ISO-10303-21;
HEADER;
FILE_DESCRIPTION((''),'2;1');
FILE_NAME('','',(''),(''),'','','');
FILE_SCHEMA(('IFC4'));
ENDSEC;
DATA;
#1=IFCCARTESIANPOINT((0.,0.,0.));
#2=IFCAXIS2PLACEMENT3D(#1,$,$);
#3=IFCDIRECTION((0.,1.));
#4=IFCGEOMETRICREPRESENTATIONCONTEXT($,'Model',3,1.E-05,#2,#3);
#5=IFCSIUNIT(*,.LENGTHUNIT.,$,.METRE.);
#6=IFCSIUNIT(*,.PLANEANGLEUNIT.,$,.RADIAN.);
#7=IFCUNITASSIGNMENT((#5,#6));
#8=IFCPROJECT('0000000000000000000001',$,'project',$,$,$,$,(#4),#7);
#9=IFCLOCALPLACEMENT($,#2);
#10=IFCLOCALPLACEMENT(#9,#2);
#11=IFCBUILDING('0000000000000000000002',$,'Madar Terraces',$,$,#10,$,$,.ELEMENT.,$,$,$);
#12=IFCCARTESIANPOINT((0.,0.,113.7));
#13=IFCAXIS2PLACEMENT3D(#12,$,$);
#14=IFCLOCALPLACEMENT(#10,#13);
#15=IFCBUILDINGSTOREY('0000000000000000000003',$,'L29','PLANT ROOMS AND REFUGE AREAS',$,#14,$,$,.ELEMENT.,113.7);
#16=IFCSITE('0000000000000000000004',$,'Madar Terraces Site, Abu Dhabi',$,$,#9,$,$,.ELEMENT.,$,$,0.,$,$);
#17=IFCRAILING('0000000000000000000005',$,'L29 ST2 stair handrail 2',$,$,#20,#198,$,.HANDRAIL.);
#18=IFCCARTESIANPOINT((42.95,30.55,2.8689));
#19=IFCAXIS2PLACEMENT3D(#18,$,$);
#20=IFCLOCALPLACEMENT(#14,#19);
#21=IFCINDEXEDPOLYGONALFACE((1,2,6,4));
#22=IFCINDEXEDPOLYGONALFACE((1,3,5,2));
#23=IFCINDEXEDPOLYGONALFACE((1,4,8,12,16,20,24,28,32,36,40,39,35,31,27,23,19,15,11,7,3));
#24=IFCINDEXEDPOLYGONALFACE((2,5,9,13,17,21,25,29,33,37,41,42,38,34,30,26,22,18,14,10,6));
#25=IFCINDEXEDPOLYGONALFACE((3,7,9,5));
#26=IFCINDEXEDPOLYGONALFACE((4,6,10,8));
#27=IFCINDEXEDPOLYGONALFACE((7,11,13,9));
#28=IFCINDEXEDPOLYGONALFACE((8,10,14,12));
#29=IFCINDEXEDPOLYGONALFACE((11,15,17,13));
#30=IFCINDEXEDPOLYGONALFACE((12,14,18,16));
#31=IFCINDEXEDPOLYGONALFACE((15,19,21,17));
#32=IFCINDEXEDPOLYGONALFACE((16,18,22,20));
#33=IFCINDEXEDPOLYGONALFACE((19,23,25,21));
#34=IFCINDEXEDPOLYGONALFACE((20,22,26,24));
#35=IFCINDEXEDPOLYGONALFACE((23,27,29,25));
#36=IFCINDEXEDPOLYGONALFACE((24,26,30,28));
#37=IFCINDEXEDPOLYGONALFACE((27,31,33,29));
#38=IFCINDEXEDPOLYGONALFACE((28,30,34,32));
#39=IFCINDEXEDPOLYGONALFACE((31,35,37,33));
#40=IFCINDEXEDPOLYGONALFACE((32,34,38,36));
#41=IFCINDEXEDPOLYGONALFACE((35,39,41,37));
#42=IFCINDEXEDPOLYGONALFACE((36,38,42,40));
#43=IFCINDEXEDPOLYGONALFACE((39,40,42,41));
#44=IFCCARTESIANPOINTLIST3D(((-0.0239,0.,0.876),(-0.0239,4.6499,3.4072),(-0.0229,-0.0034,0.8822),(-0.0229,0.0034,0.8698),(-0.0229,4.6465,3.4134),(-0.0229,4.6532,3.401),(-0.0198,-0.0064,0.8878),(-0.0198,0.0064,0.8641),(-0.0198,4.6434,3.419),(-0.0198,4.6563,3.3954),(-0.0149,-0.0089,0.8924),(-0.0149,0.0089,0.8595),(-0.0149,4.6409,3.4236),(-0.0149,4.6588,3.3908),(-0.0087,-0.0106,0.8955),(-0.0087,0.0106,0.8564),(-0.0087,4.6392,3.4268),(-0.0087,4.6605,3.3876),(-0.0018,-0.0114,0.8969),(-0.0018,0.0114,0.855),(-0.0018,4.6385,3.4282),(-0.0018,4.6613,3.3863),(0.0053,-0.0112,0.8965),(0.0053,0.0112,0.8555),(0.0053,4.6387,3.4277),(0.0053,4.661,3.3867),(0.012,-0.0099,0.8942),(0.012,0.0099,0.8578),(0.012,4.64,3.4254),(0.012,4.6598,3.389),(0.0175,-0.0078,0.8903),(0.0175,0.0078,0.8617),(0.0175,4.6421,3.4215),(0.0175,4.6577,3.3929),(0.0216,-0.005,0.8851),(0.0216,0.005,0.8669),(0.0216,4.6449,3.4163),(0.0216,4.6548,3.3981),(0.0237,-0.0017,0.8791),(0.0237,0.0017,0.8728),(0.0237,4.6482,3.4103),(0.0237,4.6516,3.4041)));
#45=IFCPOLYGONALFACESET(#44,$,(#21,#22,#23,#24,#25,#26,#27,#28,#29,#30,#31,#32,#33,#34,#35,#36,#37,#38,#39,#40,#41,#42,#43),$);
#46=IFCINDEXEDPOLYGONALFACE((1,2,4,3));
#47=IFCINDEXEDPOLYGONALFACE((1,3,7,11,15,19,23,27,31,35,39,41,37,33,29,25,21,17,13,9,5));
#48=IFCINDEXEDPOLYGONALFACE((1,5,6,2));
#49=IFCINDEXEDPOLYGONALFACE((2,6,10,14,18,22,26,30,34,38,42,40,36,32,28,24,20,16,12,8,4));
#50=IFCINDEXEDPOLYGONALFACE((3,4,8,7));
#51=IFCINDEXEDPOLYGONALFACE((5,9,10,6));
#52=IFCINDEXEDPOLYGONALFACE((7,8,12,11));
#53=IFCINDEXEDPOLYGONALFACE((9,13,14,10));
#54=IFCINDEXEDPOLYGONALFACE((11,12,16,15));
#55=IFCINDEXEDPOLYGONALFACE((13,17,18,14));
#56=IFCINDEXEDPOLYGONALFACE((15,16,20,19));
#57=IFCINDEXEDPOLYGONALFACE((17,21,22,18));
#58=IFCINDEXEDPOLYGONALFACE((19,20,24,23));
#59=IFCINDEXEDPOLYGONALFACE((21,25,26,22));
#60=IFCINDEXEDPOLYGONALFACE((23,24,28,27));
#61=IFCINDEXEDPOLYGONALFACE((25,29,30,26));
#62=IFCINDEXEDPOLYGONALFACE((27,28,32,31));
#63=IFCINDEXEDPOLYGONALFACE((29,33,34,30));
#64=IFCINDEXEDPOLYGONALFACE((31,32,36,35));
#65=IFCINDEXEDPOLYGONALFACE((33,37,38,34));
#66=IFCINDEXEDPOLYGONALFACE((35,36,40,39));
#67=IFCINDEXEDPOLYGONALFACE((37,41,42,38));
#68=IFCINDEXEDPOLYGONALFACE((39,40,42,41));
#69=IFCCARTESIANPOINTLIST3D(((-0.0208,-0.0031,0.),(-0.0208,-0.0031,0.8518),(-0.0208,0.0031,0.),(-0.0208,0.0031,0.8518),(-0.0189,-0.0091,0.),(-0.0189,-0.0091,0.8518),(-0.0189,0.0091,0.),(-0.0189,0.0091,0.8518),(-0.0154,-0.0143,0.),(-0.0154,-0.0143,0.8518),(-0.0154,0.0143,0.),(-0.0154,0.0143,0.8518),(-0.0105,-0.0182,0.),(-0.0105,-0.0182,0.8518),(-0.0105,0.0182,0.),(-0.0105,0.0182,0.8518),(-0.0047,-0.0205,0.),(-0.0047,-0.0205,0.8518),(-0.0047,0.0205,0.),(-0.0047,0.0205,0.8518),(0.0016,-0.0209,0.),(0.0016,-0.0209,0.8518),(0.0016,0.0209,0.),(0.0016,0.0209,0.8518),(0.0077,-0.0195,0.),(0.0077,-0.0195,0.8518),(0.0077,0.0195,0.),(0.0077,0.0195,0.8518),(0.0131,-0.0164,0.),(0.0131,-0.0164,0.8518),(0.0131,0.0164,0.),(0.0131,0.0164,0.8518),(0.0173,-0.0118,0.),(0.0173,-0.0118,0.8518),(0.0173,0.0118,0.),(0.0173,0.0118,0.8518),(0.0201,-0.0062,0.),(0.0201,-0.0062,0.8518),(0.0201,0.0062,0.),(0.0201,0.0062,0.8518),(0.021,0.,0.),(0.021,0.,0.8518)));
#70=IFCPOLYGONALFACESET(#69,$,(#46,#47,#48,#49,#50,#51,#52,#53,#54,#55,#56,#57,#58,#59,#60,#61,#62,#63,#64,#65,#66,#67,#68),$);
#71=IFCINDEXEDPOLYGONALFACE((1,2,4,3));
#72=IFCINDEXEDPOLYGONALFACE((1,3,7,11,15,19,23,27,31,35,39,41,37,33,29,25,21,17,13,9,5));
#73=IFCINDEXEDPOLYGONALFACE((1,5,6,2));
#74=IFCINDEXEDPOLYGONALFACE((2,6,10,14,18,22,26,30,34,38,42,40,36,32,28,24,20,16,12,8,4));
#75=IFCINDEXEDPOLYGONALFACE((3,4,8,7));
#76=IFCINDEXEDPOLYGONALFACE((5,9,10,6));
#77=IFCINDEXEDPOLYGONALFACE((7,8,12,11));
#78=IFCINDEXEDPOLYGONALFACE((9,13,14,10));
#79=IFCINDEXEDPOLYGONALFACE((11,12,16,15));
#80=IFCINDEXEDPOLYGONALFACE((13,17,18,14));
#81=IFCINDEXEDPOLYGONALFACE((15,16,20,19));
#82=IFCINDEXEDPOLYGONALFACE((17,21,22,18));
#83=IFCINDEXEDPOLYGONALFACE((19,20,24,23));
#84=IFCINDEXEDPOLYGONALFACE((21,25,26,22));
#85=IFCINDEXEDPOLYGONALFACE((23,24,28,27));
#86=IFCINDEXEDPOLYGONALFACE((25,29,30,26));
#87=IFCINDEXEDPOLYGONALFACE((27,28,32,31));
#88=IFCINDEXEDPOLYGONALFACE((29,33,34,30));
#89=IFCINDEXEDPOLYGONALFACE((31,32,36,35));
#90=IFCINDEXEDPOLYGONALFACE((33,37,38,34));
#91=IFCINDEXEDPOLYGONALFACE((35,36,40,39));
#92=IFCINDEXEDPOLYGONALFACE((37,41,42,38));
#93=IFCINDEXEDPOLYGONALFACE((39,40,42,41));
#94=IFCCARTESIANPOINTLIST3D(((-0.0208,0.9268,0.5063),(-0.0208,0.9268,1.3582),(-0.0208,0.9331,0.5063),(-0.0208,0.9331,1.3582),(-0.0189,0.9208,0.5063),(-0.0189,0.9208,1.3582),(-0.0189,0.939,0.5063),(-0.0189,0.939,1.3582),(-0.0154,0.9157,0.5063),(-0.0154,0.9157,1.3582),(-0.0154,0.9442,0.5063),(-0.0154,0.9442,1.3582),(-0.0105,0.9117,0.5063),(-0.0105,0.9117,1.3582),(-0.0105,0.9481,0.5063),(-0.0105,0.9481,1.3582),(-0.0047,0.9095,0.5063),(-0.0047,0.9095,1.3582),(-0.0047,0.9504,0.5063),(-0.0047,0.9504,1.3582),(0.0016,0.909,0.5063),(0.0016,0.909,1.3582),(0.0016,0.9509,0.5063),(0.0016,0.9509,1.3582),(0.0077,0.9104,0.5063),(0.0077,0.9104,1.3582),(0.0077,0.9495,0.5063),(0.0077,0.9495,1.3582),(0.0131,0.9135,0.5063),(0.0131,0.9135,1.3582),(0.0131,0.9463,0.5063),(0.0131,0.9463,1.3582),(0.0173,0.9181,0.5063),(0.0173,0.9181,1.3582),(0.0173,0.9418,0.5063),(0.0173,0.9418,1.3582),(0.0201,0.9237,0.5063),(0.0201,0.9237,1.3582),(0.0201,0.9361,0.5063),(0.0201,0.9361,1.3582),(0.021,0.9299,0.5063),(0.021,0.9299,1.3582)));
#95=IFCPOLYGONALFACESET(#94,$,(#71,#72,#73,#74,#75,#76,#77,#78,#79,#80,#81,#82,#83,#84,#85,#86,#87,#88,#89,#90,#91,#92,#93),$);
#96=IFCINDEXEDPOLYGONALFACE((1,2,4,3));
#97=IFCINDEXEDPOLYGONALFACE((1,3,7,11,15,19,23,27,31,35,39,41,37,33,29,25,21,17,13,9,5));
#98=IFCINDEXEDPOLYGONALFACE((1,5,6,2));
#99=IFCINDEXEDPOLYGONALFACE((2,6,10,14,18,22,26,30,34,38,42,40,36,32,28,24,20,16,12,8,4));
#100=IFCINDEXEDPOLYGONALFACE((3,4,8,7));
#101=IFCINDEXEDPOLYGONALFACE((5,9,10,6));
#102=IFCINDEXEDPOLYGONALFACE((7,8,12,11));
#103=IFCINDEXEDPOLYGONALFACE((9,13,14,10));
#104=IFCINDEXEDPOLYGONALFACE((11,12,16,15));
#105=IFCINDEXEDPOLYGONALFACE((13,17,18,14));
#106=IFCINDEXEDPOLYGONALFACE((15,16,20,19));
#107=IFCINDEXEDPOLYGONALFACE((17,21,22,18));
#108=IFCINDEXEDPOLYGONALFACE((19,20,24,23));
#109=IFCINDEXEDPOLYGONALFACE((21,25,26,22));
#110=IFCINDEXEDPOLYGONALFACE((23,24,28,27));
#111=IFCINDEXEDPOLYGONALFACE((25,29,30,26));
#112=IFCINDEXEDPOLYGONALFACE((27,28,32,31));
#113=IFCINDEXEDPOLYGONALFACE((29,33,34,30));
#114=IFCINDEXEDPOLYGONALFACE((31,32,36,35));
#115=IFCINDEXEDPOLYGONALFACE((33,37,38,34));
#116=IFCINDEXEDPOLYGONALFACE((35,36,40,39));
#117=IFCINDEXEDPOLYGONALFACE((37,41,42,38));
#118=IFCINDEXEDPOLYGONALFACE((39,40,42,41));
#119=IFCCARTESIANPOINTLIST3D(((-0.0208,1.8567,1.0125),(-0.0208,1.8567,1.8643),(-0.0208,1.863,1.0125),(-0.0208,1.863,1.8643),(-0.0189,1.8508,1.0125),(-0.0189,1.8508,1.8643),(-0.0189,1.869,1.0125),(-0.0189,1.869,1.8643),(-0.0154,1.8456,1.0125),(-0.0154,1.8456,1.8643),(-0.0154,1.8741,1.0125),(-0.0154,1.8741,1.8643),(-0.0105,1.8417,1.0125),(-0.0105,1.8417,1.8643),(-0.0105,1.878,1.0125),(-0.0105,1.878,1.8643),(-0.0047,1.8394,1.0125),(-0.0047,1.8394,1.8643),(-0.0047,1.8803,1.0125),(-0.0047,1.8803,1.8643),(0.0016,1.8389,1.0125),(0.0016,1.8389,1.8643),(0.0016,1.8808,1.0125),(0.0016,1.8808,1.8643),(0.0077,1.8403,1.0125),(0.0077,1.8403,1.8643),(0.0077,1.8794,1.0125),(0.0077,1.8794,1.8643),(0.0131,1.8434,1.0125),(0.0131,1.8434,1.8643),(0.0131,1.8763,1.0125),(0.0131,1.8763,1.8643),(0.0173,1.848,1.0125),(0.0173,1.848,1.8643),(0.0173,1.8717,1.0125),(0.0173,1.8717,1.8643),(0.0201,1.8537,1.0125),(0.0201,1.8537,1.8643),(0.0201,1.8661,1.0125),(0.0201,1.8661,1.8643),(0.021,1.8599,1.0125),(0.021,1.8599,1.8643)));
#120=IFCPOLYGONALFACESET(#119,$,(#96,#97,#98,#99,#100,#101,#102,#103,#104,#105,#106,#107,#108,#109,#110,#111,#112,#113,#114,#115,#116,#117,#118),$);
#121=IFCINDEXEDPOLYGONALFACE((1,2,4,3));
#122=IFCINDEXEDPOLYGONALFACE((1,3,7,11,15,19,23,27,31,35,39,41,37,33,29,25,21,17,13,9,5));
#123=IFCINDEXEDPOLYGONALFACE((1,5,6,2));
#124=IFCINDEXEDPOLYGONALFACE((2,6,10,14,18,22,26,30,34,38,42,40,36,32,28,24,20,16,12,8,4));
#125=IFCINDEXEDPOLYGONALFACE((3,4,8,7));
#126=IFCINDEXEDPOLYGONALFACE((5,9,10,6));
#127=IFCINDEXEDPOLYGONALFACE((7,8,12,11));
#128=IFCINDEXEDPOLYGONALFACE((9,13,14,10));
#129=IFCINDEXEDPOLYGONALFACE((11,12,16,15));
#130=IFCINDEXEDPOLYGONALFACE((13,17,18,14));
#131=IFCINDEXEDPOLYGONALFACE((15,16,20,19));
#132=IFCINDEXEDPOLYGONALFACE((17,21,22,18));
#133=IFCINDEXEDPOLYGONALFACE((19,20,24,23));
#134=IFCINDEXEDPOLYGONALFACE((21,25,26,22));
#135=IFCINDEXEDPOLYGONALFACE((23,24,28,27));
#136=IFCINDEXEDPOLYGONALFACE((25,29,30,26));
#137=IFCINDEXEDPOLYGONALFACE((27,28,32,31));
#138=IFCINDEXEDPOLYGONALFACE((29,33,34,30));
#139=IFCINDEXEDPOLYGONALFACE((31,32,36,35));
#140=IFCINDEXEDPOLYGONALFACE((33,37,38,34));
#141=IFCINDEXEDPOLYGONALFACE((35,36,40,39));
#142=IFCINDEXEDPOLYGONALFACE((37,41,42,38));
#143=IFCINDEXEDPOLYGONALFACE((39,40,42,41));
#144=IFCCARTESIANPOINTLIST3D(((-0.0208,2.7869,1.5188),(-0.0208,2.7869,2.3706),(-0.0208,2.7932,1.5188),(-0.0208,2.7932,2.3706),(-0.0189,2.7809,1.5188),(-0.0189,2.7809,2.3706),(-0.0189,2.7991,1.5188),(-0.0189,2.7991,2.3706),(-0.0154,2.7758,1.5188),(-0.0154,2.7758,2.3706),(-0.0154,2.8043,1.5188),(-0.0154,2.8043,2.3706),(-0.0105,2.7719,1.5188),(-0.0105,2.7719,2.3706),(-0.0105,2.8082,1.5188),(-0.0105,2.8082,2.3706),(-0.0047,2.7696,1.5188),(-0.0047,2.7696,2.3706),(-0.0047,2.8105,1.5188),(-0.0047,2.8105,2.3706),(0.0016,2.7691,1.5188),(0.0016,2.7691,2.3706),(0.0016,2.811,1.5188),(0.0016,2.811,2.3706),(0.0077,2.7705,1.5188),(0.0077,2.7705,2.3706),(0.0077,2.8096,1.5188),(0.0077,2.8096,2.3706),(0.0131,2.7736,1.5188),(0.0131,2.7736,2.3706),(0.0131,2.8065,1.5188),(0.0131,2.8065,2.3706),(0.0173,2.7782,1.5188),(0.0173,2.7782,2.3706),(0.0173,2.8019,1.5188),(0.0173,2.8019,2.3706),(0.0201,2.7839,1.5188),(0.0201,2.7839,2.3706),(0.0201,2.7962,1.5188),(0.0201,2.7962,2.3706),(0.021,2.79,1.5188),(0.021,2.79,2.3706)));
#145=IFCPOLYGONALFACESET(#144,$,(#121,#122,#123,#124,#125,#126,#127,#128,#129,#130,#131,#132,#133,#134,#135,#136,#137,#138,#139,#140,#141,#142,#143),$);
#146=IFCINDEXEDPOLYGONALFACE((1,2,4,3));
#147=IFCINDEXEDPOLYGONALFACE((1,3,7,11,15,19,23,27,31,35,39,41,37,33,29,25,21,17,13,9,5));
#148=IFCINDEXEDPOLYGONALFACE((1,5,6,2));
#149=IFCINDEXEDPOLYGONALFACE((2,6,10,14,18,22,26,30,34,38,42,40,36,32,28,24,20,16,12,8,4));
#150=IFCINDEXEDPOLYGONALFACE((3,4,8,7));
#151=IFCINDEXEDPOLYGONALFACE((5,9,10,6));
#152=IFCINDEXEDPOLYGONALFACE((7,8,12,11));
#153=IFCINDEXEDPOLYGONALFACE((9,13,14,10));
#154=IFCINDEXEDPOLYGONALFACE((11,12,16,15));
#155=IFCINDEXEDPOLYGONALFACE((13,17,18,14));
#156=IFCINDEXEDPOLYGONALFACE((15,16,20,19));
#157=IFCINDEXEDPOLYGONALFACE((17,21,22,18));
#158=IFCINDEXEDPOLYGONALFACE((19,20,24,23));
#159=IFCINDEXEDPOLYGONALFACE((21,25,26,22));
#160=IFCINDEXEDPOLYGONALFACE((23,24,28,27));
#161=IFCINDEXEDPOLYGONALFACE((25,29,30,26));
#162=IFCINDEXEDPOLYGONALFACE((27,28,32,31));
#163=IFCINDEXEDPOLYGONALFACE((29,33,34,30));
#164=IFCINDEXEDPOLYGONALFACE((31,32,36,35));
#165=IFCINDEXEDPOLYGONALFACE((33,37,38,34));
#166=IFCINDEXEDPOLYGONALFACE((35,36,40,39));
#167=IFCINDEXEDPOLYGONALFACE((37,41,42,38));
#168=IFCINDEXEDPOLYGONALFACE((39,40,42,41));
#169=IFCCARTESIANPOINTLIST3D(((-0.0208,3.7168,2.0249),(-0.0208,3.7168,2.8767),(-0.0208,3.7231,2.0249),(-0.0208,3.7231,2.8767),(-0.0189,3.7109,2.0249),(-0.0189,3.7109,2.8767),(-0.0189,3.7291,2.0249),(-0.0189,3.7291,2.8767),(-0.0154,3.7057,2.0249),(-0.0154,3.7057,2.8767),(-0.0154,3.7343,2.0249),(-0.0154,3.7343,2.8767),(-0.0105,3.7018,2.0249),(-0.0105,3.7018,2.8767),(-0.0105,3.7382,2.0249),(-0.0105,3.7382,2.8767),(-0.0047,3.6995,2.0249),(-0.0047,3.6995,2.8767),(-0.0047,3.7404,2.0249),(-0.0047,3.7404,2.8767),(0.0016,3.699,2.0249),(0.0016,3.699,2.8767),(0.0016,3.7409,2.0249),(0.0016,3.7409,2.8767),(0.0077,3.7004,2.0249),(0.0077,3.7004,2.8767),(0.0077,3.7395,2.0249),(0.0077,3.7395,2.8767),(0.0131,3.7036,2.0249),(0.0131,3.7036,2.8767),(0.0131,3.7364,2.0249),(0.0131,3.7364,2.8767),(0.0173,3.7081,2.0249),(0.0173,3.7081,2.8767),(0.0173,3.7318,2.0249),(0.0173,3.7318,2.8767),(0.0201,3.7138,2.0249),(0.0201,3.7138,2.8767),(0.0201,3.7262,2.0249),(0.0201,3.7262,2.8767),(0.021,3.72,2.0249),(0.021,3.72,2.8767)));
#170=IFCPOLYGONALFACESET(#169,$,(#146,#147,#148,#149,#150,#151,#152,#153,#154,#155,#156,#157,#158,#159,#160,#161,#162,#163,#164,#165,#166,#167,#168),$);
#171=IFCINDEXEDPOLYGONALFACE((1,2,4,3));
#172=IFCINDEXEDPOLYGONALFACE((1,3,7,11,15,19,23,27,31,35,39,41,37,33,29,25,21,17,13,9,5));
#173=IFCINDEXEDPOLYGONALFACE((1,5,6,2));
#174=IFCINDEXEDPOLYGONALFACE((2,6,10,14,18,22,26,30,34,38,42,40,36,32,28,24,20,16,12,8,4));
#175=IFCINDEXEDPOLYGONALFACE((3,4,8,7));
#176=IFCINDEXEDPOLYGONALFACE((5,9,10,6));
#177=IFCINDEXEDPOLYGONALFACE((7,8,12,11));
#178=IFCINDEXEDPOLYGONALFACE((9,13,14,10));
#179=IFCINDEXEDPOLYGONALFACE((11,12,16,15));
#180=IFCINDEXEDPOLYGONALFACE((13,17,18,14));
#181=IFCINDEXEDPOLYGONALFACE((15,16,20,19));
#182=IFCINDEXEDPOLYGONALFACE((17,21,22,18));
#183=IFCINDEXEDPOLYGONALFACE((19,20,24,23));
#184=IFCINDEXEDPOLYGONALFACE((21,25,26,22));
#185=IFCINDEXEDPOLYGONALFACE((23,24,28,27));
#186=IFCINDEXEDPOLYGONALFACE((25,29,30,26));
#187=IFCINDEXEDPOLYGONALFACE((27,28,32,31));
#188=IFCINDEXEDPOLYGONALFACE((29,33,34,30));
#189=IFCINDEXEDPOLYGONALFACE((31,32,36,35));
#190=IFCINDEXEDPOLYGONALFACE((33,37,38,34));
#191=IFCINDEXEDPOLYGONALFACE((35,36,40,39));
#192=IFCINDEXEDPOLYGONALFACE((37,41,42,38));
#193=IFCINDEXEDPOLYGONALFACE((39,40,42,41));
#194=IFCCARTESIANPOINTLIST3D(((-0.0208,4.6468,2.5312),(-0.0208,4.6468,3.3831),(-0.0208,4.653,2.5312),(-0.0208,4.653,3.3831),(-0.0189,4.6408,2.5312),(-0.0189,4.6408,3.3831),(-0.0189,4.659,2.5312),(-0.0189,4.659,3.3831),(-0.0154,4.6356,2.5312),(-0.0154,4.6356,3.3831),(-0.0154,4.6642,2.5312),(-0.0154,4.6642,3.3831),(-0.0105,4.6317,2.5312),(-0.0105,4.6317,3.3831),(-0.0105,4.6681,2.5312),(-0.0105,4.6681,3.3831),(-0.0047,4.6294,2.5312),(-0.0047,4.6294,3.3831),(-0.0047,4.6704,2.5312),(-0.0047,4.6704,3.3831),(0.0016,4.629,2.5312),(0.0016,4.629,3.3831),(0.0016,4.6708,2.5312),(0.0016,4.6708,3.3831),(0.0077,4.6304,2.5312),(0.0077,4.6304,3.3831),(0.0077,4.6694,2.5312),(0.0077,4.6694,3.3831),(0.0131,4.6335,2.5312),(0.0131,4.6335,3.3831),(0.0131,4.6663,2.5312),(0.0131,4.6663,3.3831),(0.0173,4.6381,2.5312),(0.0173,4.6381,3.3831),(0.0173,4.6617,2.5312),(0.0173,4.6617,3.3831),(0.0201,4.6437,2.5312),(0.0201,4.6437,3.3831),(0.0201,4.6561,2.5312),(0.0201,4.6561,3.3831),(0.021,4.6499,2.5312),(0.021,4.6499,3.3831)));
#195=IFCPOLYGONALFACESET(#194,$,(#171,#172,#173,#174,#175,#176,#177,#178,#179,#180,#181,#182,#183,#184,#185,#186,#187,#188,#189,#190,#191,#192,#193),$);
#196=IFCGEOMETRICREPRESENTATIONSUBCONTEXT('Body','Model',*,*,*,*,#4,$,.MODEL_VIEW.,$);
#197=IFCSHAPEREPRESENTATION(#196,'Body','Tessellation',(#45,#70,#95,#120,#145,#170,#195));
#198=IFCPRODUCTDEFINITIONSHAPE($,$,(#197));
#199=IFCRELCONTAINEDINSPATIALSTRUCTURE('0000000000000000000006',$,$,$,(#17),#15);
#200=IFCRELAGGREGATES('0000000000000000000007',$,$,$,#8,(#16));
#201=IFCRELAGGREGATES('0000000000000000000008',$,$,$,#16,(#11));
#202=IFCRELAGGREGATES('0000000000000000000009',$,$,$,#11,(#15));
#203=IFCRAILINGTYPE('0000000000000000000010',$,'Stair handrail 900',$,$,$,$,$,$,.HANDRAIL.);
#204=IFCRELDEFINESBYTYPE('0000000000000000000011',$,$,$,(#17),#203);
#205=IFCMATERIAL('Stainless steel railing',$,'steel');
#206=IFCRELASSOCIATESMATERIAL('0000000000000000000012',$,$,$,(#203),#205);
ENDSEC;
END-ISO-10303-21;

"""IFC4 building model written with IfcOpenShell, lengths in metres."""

from ifc_helpers import new_model, si_unit, direction, frame, origin, origin_2d, place, context, subcontext, project, spatial, circle, extrude, material, type_object, element, save


model = new_model("IFC4")

# Units and contexts
model_context = context("Model", 3, precision=1e-05, world=origin(), true_north=direction((0.0, 1.0)))
body_context = subcontext(model_context, "Body", "Model", "MODEL_VIEW")
ifc_project = project(units=[si_unit("LENGTHUNIT", "METRE"), si_unit("PLANEANGLEUNIT", "RADIAN")], contexts=[model_context])

# Site, building, storey
site_placement = place(None, origin())
site = spatial("IfcSite", under=ifc_project, at=site_placement, Name="Madar Terraces Site, Abu Dhabi", CompositionType="ELEMENT", RefElevation=0.0)
building_placement = place(site_placement, origin())
building = spatial("IfcBuilding", under=site, at=building_placement, Name="Madar Terraces", CompositionType="ELEMENT")
storey_placement = place(building_placement, frame((0.0, 0.0, 113.7)))
storey = spatial("IfcBuildingStorey", under=building, at=storey_placement, Name="L29", Description="PLANT ROOMS AND REFUGE AREAS", CompositionType="ELEMENT", Elevation=113.7)

# Railing
ifc_material_1 = material(Name="Stainless steel railing", Category="steel")
railing_type_1 = type_object("IfcRailingType", Name="Stair handrail 900", PredefinedType="HANDRAIL", material=ifc_material_1)
railing_1_placement = place(storey_placement, frame((42.95, 30.55, 2.8689)))
element("IfcRailing", 1, at=railing_1_placement, inside=storey, type_object=railing_type_1, Name="L29 ST2 stair handrail 2", PredefinedType="HANDRAIL", context=body_context, shape_type="SweptSolid", body=[
    extrude(circle(Radius=0.0239, at=origin_2d()), frame((0.0, 0.0, 0.876), z_axis=(0.0, 0.878297, 0.478115), x_axis=(-1.0, 0.0, 0.0)), (0.0, 0.0, 1.0), 5.2942),
    extrude(circle(Radius=0.021, at=origin_2d()), origin(), (0.0, 0.0, 1.0), 0.8518),
    extrude(circle(Radius=0.021, at=origin_2d()), frame((0.0, 0.9299, 0.5063)), (0.0, 0.0, 1.0), 0.8518),
    extrude(circle(Radius=0.021, at=origin_2d()), frame((0.0, 1.8599, 1.0125)), (0.0, 0.0, 1.0), 0.8518),
    extrude(circle(Radius=0.021, at=origin_2d()), frame((0.0, 2.79, 1.5188)), (0.0, 0.0, 1.0), 0.8518),
    extrude(circle(Radius=0.021, at=origin_2d()), frame((0.0, 3.72, 2.0249)), (0.0, 0.0, 1.0), 0.8518),
    extrude(circle(Radius=0.021, at=origin_2d()), frame((0.0, 4.6499, 2.5312)), (0.0, 0.0, 1.0), 0.8518),
])

save(model, "model.ifc")
